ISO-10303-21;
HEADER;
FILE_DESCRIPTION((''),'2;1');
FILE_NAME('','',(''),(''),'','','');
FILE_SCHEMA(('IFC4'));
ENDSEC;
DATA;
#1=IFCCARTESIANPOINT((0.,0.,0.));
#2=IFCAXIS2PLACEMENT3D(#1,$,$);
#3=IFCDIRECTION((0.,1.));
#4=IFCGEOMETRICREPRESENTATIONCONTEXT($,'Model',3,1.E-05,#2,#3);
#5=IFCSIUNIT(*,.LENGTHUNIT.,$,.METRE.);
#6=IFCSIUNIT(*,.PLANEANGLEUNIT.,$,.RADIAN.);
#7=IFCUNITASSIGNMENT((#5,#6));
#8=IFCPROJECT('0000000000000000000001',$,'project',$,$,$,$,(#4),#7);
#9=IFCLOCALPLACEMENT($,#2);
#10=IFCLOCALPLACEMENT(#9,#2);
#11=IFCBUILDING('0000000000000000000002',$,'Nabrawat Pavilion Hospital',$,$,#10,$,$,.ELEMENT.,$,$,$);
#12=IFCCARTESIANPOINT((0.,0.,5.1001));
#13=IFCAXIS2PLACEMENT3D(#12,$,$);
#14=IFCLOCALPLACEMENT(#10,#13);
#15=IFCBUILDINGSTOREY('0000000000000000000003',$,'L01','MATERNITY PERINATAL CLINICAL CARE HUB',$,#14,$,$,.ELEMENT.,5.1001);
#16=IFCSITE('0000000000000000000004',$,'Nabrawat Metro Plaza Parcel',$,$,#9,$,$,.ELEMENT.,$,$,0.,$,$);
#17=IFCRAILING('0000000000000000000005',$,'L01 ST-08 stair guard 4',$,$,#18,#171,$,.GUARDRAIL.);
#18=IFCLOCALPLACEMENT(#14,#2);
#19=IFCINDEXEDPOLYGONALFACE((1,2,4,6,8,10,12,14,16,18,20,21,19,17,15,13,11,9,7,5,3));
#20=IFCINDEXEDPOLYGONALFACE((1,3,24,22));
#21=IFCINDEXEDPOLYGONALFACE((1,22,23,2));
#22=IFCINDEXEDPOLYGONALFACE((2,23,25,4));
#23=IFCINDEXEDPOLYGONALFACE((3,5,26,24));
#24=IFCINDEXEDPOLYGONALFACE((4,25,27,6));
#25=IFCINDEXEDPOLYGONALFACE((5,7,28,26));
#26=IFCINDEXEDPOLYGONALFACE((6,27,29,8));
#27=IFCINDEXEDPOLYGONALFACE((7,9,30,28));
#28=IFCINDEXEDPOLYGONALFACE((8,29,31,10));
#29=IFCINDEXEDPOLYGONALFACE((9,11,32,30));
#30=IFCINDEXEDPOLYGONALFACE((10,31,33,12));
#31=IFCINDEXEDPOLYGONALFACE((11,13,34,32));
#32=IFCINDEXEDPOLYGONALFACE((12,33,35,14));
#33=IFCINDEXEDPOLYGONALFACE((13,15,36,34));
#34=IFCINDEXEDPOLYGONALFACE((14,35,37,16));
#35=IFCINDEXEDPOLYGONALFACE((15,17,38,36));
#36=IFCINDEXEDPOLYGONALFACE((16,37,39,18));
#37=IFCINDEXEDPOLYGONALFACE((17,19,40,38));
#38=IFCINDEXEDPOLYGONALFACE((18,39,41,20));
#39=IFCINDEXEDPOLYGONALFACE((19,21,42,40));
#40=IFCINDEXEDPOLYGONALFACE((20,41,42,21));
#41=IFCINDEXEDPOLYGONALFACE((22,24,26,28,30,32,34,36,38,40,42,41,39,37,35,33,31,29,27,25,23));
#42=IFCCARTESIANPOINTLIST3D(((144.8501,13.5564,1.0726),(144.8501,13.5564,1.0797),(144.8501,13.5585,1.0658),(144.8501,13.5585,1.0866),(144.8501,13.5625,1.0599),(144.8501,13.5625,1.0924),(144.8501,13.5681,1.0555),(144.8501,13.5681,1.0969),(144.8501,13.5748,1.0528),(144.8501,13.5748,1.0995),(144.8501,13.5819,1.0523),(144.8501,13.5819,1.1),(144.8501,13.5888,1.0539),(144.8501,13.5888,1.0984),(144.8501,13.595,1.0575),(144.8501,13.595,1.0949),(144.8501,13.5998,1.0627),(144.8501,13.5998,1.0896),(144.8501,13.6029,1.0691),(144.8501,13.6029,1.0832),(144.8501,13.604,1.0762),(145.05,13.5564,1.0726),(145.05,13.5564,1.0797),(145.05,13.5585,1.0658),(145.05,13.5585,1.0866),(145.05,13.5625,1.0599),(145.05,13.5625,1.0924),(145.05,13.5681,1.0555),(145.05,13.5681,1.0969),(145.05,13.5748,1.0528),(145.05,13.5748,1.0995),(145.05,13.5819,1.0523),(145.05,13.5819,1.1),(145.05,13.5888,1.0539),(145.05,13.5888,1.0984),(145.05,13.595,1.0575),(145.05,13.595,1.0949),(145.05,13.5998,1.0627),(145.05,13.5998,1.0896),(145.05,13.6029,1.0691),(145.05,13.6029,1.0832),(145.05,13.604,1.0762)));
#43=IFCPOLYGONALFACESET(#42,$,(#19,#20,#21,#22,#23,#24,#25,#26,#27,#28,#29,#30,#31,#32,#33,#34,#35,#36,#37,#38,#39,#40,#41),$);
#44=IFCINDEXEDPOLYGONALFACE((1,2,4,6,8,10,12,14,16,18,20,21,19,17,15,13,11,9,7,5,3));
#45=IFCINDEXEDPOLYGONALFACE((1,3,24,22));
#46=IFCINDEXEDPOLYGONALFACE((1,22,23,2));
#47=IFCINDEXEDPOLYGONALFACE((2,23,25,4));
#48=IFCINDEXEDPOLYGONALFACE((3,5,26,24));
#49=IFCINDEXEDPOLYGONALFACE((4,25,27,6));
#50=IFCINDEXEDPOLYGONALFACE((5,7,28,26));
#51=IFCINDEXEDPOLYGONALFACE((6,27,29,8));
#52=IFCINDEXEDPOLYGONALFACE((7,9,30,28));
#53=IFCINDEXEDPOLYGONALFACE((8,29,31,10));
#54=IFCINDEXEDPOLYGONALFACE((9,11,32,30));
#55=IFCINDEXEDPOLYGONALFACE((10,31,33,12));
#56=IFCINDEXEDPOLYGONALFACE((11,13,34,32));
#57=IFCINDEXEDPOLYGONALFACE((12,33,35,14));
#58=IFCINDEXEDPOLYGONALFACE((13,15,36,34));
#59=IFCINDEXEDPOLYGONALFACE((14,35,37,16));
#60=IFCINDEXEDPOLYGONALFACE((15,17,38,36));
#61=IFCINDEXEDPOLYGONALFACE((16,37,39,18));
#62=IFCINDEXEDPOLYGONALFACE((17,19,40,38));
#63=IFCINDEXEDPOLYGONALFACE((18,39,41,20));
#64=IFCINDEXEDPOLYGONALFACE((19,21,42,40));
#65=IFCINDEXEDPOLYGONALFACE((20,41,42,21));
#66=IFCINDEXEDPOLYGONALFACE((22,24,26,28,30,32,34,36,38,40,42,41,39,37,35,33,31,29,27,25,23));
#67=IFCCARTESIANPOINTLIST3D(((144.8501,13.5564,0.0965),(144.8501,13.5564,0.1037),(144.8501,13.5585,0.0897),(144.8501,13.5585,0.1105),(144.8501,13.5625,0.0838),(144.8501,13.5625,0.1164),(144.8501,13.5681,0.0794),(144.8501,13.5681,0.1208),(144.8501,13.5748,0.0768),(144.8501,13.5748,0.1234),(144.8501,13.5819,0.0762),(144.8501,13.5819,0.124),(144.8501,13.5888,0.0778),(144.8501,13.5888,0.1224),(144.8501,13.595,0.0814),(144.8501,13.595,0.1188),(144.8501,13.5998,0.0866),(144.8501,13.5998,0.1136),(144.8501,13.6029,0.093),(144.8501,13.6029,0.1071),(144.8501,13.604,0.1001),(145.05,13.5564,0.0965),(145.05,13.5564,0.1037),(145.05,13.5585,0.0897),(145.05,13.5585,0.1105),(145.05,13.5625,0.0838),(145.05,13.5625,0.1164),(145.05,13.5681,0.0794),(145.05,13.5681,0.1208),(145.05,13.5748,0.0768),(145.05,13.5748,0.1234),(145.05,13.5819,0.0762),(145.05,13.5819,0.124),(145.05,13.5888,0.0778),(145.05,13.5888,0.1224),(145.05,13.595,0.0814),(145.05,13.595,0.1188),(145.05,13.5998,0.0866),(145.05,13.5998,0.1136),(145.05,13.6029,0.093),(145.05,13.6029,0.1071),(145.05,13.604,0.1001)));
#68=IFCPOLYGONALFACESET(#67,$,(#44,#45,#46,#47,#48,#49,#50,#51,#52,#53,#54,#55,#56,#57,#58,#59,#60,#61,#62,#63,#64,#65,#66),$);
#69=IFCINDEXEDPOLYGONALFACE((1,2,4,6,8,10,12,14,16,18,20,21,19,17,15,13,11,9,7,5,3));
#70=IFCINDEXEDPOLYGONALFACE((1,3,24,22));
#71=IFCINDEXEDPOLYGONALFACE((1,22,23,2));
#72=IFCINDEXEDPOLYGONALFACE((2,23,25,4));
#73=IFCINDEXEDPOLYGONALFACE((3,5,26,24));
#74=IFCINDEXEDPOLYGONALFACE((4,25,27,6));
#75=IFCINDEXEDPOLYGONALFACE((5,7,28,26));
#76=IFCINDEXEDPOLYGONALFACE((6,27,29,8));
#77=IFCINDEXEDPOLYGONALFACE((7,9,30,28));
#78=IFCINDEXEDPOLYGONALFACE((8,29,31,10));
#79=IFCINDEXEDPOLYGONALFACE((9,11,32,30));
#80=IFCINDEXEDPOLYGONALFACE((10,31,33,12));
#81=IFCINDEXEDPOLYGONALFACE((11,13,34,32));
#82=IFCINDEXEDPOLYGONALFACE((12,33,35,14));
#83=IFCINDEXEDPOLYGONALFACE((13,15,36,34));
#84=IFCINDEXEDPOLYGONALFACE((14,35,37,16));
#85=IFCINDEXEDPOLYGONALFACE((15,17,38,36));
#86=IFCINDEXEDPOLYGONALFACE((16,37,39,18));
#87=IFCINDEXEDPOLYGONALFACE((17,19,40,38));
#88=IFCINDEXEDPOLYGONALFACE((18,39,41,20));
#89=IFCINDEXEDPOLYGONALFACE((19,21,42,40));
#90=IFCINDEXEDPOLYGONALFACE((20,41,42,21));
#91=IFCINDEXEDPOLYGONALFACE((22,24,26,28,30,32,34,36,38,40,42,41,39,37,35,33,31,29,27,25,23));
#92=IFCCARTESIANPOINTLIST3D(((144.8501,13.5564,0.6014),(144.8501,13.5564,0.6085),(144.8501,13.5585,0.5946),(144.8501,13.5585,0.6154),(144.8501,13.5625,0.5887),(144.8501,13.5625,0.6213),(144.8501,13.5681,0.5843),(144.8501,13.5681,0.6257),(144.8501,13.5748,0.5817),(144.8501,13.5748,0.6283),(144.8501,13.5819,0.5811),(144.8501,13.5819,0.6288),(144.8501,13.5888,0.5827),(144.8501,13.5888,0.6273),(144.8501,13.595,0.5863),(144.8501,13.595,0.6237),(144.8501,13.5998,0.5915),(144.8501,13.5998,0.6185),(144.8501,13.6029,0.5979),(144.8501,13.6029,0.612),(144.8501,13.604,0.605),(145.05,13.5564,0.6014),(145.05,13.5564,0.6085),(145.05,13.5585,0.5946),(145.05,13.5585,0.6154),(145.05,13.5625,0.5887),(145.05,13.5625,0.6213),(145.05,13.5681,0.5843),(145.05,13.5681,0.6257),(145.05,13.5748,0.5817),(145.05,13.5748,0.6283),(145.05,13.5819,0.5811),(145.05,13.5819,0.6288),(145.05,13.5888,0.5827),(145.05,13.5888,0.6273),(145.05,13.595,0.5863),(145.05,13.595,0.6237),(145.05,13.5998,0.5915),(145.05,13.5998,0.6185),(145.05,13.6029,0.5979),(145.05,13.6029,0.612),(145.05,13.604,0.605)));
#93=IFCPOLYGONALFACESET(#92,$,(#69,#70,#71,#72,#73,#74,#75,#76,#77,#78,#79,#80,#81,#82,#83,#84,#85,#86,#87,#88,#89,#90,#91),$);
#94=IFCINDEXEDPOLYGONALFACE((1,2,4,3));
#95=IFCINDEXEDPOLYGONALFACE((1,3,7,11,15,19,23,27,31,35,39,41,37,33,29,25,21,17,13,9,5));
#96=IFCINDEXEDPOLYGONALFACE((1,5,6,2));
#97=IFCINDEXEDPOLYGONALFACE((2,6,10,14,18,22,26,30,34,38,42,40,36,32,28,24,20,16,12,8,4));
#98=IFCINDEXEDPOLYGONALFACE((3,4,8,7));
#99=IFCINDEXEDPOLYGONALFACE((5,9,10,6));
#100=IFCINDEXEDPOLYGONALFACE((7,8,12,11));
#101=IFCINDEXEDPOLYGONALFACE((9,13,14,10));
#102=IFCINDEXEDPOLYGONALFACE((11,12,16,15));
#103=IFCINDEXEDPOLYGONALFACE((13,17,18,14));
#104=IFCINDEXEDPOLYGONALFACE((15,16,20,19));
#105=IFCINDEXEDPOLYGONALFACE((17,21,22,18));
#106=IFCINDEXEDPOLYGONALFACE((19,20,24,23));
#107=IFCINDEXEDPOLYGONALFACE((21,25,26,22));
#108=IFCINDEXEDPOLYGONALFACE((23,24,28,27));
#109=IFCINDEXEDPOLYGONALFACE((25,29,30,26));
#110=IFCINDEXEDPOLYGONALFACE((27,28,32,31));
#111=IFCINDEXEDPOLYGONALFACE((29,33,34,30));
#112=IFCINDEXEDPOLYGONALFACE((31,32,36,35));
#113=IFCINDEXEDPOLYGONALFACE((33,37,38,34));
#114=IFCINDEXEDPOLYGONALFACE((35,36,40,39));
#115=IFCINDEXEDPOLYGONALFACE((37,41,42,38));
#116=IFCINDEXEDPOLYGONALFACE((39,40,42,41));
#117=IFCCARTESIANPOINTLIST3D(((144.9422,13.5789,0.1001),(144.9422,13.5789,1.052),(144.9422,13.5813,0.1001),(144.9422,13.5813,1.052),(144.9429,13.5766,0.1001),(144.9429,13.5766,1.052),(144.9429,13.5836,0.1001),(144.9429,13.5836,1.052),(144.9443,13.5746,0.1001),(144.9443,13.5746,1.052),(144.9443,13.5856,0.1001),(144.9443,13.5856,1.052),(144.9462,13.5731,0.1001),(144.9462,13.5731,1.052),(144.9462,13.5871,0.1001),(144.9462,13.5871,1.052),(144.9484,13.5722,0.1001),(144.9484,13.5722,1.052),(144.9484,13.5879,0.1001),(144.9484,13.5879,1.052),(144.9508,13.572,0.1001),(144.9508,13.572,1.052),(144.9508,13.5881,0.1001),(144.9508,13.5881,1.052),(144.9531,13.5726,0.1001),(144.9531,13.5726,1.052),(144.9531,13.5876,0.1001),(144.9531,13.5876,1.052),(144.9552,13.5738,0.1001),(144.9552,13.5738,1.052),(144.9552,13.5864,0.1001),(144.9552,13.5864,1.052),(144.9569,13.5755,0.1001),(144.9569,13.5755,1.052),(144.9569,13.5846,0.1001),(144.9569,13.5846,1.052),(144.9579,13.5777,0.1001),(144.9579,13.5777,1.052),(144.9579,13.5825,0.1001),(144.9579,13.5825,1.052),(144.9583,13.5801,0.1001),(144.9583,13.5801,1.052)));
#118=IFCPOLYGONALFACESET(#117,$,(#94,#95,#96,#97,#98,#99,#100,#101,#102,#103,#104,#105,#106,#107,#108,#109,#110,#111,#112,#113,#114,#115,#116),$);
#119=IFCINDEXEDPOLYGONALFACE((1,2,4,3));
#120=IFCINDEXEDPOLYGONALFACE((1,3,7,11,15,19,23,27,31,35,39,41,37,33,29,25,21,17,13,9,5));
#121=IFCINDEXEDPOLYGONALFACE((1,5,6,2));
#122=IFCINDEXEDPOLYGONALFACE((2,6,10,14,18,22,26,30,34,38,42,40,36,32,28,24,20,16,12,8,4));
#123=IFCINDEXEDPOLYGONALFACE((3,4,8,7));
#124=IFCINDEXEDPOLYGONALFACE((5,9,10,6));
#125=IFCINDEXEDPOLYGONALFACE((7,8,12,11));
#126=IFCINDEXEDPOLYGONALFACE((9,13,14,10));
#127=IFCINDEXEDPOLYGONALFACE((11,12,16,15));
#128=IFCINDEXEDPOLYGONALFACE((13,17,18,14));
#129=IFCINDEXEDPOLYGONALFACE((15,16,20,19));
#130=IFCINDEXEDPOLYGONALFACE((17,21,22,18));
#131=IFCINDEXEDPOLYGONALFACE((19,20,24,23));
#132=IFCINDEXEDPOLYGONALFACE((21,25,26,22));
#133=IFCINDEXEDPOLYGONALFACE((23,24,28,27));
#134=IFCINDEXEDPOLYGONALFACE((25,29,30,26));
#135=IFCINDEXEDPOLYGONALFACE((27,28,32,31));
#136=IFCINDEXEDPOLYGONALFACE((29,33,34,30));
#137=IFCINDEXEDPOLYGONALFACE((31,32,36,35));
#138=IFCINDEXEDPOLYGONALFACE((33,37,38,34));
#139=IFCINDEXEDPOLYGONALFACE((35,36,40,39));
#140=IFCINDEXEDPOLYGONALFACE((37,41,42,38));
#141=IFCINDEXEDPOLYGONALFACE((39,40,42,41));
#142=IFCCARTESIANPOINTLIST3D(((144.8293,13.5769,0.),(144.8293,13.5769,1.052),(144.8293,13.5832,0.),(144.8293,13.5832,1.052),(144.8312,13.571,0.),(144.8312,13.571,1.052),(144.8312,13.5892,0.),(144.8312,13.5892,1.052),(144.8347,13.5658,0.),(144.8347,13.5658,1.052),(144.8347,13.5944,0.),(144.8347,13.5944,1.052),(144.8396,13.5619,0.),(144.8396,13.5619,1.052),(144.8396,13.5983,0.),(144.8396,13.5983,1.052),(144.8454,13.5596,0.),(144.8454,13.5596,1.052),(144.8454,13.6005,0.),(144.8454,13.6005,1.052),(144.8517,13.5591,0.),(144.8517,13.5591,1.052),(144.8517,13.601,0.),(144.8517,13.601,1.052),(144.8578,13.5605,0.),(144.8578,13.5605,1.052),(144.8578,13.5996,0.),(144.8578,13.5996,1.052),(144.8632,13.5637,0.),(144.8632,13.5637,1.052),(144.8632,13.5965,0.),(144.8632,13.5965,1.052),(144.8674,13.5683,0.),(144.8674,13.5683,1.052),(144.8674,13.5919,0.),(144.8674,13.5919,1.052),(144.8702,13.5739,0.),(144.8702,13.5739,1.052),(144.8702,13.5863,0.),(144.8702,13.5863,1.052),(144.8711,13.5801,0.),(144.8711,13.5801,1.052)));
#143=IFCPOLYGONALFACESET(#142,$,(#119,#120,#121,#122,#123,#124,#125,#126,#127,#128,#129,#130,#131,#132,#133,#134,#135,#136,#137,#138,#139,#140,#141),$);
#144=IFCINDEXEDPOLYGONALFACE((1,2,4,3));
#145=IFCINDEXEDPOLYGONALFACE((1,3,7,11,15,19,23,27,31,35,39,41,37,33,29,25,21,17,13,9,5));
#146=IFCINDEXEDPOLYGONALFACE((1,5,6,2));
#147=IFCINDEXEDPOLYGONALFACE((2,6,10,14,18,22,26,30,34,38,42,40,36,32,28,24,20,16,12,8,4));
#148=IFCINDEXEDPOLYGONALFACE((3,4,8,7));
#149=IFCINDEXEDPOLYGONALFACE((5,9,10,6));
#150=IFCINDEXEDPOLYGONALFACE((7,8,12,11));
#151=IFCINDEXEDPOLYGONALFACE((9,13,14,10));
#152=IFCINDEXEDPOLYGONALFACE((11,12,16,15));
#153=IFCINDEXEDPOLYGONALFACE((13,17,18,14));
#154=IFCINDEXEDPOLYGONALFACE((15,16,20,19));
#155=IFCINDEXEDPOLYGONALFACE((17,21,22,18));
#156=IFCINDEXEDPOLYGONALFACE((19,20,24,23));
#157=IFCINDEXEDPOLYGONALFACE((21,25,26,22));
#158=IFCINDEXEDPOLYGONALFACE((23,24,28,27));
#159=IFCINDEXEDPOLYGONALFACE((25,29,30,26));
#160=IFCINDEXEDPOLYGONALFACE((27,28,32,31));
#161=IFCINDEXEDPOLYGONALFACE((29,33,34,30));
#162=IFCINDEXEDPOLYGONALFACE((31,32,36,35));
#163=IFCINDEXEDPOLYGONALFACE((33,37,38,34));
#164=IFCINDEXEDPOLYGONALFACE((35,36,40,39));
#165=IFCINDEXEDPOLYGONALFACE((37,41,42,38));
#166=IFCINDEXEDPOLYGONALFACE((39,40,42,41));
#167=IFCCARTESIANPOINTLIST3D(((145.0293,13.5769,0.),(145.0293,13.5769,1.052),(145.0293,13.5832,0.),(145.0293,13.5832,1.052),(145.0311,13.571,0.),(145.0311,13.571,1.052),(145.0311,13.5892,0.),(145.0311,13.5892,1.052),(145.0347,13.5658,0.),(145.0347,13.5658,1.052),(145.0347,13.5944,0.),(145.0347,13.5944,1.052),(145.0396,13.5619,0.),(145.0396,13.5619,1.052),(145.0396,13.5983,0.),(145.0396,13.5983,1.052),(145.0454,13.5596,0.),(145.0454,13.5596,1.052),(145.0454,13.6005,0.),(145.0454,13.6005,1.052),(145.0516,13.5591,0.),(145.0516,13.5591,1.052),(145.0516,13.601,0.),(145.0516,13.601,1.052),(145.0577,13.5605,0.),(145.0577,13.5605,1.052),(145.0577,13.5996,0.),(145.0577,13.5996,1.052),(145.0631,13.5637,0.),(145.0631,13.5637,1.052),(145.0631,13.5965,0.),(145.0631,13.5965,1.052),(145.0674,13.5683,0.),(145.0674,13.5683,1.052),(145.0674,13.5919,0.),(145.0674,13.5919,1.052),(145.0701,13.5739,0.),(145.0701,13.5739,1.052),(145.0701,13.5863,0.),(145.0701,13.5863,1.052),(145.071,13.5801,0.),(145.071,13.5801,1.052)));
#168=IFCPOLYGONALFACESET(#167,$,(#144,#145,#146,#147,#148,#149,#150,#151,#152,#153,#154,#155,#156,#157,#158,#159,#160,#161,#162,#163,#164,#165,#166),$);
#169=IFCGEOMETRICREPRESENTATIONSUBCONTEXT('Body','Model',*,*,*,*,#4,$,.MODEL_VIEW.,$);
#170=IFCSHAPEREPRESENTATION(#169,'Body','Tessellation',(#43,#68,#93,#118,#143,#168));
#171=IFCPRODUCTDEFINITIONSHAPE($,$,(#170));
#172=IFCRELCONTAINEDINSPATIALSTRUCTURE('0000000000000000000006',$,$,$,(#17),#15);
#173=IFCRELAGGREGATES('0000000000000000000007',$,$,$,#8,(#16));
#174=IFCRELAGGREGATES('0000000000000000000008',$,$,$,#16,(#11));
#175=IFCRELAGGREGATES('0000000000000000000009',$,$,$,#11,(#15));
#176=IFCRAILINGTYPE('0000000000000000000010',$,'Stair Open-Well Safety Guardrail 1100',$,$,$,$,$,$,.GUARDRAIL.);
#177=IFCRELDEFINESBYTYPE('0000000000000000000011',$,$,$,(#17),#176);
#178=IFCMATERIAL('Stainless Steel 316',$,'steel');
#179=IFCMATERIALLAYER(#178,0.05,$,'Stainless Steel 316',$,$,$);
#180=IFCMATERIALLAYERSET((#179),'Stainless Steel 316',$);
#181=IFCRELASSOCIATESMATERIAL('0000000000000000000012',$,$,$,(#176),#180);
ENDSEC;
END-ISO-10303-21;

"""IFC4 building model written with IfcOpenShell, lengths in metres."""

from ifc_helpers import new_model, si_unit, direction, frame, origin, origin_2d, place, context, subcontext, project, spatial, circle, extrude, material, layer, layer_set, type_object, element, save


model = new_model("IFC4")

# Units and contexts
model_context = context("Model", 3, precision=1e-05, world=origin(), true_north=direction((0.0, 1.0)))
body_context = subcontext(model_context, "Body", "Model", "MODEL_VIEW")
ifc_project = project(units=[si_unit("LENGTHUNIT", "METRE"), si_unit("PLANEANGLEUNIT", "RADIAN")], contexts=[model_context])

# Site, building, storey
site_placement = place(None, origin())
site = spatial("IfcSite", under=ifc_project, at=site_placement, Name="Nabrawat Metro Plaza Parcel", CompositionType="ELEMENT", RefElevation=0.0)
building_placement = place(site_placement, origin())
building = spatial("IfcBuilding", under=site, at=building_placement, Name="Nabrawat Pavilion Hospital", CompositionType="ELEMENT")
storey_placement = place(building_placement, frame((0.0, 0.0, 5.1001)))
storey = spatial("IfcBuildingStorey", under=building, at=storey_placement, Name="L01", Description="MATERNITY PERINATAL CLINICAL CARE HUB", CompositionType="ELEMENT", Elevation=5.1001)

# Railing
ifc_material_1 = material(Name="Stainless Steel 316", Category="steel")
ifc_layer_1 = layer(ifc_material_1, 0.05, Name="Stainless Steel 316")
ifc_layer_set_1 = layer_set([ifc_layer_1], Name="Stainless Steel 316")
railing_type_1 = type_object("IfcRailingType", Name="Stair Open-Well Safety Guardrail 1100", PredefinedType="GUARDRAIL", material=ifc_layer_set_1)
railing_1_placement = place(storey_placement, frame((144.8501, 13.5801, 0.0)))
element("IfcRailing", 1, at=railing_1_placement, inside=storey, type_object=railing_type_1, Name="L01 ST-08 stair guard 4", PredefinedType="GUARDRAIL", context=body_context, shape_type="SweptSolid", body=[
    extrude(circle(Radius=0.0239, at=origin_2d()), frame((0.0, 0.0, 1.0762), z_axis=(1.0, 0.0, 0.0), x_axis=(0.0, 1.0, 0.0)), (0.0, 0.0, 1.0), 0.2),
    extrude(circle(Radius=0.0239, at=origin_2d()), frame((0.0, 0.0, 0.1001), z_axis=(1.0, 0.0, 0.0), x_axis=(0.0, 1.0, 0.0)), (0.0, 0.0, 1.0), 0.2),
    extrude(circle(Radius=0.0239, at=origin_2d()), frame((0.0, 0.0, 0.605), z_axis=(1.0, 0.0, 0.0), x_axis=(0.0, 1.0, 0.0)), (0.0, 0.0, 1.0), 0.2),
    extrude(circle(Radius=0.0081, at=origin_2d()), frame((0.1001, 0.0, 0.1001)), (0.0, 0.0, 1.0), 0.9519),
    extrude(circle(Radius=0.021, at=origin_2d()), origin(), (0.0, 0.0, 1.0), 1.052),
    extrude(circle(Radius=0.021, at=origin_2d()), frame((0.2, 0.0, 0.0)), (0.0, 0.0, 1.0), 1.052),
])

save(model, "model.ifc")
